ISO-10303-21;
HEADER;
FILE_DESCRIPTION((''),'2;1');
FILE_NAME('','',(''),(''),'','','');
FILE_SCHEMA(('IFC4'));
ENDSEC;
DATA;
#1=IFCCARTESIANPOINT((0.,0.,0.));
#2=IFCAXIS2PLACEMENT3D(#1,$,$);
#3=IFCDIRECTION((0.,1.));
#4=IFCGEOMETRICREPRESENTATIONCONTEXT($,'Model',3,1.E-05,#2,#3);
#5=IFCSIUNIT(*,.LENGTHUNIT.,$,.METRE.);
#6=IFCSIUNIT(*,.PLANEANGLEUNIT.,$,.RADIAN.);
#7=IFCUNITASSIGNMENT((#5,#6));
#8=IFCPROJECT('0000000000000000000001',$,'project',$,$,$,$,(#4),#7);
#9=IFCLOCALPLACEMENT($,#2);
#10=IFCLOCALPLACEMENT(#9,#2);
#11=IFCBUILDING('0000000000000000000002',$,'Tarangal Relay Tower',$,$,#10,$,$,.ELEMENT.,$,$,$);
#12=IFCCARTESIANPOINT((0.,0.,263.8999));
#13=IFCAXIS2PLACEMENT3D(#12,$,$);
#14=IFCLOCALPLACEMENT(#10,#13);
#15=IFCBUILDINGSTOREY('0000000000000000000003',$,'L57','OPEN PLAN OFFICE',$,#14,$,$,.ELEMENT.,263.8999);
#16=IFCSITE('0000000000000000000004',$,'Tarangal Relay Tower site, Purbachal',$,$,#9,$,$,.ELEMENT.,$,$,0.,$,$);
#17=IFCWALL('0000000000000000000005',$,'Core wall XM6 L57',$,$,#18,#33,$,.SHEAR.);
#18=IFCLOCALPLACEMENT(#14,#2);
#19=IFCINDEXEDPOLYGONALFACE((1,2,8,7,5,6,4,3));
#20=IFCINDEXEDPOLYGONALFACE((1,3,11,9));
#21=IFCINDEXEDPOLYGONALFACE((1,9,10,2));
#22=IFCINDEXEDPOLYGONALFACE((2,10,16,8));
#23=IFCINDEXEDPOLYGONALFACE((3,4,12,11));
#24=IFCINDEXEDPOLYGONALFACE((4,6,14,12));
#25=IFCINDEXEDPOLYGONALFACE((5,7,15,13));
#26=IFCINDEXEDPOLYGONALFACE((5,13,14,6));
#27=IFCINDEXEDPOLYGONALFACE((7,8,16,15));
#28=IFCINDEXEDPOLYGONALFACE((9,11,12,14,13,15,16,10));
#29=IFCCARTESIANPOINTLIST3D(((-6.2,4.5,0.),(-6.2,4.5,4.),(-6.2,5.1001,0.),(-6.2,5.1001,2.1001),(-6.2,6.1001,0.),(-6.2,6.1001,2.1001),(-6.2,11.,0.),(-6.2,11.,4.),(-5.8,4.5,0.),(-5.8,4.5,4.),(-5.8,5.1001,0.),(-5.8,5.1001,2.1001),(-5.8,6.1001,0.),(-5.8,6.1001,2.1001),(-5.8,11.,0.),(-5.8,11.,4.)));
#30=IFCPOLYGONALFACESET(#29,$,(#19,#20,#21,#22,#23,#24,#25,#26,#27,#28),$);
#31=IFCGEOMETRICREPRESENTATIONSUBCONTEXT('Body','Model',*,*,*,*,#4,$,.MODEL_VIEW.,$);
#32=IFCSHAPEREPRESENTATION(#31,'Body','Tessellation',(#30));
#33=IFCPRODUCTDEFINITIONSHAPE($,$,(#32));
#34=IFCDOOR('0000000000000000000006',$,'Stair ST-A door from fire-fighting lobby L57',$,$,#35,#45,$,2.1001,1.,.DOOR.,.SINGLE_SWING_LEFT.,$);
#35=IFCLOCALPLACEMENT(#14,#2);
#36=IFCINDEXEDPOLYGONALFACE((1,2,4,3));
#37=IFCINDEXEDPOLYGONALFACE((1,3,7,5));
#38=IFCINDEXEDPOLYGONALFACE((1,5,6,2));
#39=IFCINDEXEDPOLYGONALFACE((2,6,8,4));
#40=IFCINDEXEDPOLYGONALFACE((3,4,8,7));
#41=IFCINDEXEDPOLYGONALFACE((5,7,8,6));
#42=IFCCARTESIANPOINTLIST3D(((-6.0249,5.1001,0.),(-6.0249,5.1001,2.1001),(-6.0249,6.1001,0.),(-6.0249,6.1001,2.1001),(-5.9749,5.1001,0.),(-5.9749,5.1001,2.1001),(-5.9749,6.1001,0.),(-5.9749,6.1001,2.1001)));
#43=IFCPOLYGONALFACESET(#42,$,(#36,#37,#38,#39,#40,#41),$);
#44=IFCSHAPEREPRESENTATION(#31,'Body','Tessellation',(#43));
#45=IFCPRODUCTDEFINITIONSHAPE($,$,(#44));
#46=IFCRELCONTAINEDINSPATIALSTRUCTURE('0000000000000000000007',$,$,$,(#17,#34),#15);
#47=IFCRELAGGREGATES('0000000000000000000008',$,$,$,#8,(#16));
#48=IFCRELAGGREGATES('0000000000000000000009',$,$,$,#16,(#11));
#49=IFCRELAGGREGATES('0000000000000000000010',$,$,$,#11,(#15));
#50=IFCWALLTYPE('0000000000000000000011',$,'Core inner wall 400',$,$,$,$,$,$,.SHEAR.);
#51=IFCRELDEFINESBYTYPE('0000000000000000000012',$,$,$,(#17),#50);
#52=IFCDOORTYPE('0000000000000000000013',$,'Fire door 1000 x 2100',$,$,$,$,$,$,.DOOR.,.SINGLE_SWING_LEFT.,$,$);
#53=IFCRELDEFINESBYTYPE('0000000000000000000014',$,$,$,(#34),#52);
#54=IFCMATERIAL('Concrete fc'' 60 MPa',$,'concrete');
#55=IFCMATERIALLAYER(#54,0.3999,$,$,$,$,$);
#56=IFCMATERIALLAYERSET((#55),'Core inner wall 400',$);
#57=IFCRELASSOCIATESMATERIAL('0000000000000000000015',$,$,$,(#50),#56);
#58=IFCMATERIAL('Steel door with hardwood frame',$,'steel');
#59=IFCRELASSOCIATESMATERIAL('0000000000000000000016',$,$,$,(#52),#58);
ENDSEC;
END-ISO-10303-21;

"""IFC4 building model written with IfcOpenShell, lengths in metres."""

from ifc_helpers import new_model, si_unit, direction, frame, frame_2d, origin, place, context, subcontext, project, spatial, rectangle, extrude, material, layer, layer_set, type_object, element, fill, save


model = new_model("IFC4")

# Units and contexts
model_context = context("Model", 3, precision=1e-05, world=origin(), true_north=direction((0.0, 1.0)))
body_context = subcontext(model_context, "Body", "Model", "MODEL_VIEW")
ifc_project = project(units=[si_unit("LENGTHUNIT", "METRE"), si_unit("PLANEANGLEUNIT", "RADIAN")], contexts=[model_context])

# Site, building, storey
site_placement = place(None, origin())
site = spatial("IfcSite", under=ifc_project, at=site_placement, Name="Tarangal Relay Tower site, Purbachal", CompositionType="ELEMENT", RefElevation=0.0)
building_placement = place(site_placement, origin())
building = spatial("IfcBuilding", under=site, at=building_placement, Name="Tarangal Relay Tower", CompositionType="ELEMENT")
storey_placement = place(building_placement, frame((0.0, 0.0, 263.8999)))
storey = spatial("IfcBuildingStorey", under=building, at=storey_placement, Name="L57", Description="OPEN PLAN OFFICE", CompositionType="ELEMENT", Elevation=263.8999)

# Shared definitions
ifc_material_1 = material(Name="Concrete fc' 60 MPa", Category="concrete")
ifc_layer_1 = layer(ifc_material_1, 0.3999)
ifc_layer_set_1 = layer_set([ifc_layer_1], Name="Core inner wall 400")
wall_type = type_object("IfcWallType", Name="Core inner wall 400", PredefinedType="SHEAR", material=ifc_layer_set_1)
ifc_material_2 = material(Name="Steel door with hardwood frame", Category="steel")

# Wall, opening, door
wall_1_placement = place(storey_placement, frame((-6.0, 4.5, 0.0), z_axis=(0.0, 0.0, 1.0), x_axis=(0.0, 1.0, 0.0)))
wall_1 = element("IfcWall", 1, at=wall_1_placement, inside=storey, type_object=wall_type, Name="Core wall XM6 L57", PredefinedType="SHEAR", context=body_context, shape_type="SweptSolid", body=[
    extrude(rectangle(XDim=6.5, YDim=0.3999, at=frame_2d((3.25, 0.0))), origin(), (0.0, 0.0, 1.0), 4.0),
])
opening_1_placement = place(wall_1_placement, frame((0.6001, 0.0, 0.0)))
opening_1 = element("IfcOpeningElement", 2, at=opening_1_placement, cuts=wall_1, PredefinedType="OPENING", context=body_context, shape_type="SweptSolid", body=[
    extrude(rectangle(XDim=1.0, YDim=2.1001, at=frame_2d((0.5, 1.05))), frame((0.0, 0.21, 0.0), z_axis=(0.0, -1.0, 0.0), x_axis=(1.0, 0.0, 0.0)), (0.0, 0.0, 1.0), 0.4199),
])
door_type_1 = type_object("IfcDoorType", Name="Fire door 1000 x 2100", OperationType="SINGLE_SWING_LEFT", PredefinedType="DOOR", material=ifc_material_2)
door_1_placement = place(opening_1_placement, origin())
door_1 = element("IfcDoor", 3, at=door_1_placement, inside=storey, type_object=door_type_1, Name="Stair ST-A door from fire-fighting lobby L57", OperationType="SINGLE_SWING_LEFT", OverallHeight=2.1001, OverallWidth=1.0, PredefinedType="DOOR", context=body_context, shape_type="SweptSolid", body=[
    extrude(rectangle(XDim=1.0, YDim=2.1001, at=frame_2d((0.5, 1.05))), frame((0.0, 0.0249, 0.0), z_axis=(0.0, -1.0, 0.0), x_axis=(1.0, 0.0, 0.0)), (0.0, 0.0, 1.0), 0.05),
])
fill(opening_1, door_1)

save(model, "model.ifc")
